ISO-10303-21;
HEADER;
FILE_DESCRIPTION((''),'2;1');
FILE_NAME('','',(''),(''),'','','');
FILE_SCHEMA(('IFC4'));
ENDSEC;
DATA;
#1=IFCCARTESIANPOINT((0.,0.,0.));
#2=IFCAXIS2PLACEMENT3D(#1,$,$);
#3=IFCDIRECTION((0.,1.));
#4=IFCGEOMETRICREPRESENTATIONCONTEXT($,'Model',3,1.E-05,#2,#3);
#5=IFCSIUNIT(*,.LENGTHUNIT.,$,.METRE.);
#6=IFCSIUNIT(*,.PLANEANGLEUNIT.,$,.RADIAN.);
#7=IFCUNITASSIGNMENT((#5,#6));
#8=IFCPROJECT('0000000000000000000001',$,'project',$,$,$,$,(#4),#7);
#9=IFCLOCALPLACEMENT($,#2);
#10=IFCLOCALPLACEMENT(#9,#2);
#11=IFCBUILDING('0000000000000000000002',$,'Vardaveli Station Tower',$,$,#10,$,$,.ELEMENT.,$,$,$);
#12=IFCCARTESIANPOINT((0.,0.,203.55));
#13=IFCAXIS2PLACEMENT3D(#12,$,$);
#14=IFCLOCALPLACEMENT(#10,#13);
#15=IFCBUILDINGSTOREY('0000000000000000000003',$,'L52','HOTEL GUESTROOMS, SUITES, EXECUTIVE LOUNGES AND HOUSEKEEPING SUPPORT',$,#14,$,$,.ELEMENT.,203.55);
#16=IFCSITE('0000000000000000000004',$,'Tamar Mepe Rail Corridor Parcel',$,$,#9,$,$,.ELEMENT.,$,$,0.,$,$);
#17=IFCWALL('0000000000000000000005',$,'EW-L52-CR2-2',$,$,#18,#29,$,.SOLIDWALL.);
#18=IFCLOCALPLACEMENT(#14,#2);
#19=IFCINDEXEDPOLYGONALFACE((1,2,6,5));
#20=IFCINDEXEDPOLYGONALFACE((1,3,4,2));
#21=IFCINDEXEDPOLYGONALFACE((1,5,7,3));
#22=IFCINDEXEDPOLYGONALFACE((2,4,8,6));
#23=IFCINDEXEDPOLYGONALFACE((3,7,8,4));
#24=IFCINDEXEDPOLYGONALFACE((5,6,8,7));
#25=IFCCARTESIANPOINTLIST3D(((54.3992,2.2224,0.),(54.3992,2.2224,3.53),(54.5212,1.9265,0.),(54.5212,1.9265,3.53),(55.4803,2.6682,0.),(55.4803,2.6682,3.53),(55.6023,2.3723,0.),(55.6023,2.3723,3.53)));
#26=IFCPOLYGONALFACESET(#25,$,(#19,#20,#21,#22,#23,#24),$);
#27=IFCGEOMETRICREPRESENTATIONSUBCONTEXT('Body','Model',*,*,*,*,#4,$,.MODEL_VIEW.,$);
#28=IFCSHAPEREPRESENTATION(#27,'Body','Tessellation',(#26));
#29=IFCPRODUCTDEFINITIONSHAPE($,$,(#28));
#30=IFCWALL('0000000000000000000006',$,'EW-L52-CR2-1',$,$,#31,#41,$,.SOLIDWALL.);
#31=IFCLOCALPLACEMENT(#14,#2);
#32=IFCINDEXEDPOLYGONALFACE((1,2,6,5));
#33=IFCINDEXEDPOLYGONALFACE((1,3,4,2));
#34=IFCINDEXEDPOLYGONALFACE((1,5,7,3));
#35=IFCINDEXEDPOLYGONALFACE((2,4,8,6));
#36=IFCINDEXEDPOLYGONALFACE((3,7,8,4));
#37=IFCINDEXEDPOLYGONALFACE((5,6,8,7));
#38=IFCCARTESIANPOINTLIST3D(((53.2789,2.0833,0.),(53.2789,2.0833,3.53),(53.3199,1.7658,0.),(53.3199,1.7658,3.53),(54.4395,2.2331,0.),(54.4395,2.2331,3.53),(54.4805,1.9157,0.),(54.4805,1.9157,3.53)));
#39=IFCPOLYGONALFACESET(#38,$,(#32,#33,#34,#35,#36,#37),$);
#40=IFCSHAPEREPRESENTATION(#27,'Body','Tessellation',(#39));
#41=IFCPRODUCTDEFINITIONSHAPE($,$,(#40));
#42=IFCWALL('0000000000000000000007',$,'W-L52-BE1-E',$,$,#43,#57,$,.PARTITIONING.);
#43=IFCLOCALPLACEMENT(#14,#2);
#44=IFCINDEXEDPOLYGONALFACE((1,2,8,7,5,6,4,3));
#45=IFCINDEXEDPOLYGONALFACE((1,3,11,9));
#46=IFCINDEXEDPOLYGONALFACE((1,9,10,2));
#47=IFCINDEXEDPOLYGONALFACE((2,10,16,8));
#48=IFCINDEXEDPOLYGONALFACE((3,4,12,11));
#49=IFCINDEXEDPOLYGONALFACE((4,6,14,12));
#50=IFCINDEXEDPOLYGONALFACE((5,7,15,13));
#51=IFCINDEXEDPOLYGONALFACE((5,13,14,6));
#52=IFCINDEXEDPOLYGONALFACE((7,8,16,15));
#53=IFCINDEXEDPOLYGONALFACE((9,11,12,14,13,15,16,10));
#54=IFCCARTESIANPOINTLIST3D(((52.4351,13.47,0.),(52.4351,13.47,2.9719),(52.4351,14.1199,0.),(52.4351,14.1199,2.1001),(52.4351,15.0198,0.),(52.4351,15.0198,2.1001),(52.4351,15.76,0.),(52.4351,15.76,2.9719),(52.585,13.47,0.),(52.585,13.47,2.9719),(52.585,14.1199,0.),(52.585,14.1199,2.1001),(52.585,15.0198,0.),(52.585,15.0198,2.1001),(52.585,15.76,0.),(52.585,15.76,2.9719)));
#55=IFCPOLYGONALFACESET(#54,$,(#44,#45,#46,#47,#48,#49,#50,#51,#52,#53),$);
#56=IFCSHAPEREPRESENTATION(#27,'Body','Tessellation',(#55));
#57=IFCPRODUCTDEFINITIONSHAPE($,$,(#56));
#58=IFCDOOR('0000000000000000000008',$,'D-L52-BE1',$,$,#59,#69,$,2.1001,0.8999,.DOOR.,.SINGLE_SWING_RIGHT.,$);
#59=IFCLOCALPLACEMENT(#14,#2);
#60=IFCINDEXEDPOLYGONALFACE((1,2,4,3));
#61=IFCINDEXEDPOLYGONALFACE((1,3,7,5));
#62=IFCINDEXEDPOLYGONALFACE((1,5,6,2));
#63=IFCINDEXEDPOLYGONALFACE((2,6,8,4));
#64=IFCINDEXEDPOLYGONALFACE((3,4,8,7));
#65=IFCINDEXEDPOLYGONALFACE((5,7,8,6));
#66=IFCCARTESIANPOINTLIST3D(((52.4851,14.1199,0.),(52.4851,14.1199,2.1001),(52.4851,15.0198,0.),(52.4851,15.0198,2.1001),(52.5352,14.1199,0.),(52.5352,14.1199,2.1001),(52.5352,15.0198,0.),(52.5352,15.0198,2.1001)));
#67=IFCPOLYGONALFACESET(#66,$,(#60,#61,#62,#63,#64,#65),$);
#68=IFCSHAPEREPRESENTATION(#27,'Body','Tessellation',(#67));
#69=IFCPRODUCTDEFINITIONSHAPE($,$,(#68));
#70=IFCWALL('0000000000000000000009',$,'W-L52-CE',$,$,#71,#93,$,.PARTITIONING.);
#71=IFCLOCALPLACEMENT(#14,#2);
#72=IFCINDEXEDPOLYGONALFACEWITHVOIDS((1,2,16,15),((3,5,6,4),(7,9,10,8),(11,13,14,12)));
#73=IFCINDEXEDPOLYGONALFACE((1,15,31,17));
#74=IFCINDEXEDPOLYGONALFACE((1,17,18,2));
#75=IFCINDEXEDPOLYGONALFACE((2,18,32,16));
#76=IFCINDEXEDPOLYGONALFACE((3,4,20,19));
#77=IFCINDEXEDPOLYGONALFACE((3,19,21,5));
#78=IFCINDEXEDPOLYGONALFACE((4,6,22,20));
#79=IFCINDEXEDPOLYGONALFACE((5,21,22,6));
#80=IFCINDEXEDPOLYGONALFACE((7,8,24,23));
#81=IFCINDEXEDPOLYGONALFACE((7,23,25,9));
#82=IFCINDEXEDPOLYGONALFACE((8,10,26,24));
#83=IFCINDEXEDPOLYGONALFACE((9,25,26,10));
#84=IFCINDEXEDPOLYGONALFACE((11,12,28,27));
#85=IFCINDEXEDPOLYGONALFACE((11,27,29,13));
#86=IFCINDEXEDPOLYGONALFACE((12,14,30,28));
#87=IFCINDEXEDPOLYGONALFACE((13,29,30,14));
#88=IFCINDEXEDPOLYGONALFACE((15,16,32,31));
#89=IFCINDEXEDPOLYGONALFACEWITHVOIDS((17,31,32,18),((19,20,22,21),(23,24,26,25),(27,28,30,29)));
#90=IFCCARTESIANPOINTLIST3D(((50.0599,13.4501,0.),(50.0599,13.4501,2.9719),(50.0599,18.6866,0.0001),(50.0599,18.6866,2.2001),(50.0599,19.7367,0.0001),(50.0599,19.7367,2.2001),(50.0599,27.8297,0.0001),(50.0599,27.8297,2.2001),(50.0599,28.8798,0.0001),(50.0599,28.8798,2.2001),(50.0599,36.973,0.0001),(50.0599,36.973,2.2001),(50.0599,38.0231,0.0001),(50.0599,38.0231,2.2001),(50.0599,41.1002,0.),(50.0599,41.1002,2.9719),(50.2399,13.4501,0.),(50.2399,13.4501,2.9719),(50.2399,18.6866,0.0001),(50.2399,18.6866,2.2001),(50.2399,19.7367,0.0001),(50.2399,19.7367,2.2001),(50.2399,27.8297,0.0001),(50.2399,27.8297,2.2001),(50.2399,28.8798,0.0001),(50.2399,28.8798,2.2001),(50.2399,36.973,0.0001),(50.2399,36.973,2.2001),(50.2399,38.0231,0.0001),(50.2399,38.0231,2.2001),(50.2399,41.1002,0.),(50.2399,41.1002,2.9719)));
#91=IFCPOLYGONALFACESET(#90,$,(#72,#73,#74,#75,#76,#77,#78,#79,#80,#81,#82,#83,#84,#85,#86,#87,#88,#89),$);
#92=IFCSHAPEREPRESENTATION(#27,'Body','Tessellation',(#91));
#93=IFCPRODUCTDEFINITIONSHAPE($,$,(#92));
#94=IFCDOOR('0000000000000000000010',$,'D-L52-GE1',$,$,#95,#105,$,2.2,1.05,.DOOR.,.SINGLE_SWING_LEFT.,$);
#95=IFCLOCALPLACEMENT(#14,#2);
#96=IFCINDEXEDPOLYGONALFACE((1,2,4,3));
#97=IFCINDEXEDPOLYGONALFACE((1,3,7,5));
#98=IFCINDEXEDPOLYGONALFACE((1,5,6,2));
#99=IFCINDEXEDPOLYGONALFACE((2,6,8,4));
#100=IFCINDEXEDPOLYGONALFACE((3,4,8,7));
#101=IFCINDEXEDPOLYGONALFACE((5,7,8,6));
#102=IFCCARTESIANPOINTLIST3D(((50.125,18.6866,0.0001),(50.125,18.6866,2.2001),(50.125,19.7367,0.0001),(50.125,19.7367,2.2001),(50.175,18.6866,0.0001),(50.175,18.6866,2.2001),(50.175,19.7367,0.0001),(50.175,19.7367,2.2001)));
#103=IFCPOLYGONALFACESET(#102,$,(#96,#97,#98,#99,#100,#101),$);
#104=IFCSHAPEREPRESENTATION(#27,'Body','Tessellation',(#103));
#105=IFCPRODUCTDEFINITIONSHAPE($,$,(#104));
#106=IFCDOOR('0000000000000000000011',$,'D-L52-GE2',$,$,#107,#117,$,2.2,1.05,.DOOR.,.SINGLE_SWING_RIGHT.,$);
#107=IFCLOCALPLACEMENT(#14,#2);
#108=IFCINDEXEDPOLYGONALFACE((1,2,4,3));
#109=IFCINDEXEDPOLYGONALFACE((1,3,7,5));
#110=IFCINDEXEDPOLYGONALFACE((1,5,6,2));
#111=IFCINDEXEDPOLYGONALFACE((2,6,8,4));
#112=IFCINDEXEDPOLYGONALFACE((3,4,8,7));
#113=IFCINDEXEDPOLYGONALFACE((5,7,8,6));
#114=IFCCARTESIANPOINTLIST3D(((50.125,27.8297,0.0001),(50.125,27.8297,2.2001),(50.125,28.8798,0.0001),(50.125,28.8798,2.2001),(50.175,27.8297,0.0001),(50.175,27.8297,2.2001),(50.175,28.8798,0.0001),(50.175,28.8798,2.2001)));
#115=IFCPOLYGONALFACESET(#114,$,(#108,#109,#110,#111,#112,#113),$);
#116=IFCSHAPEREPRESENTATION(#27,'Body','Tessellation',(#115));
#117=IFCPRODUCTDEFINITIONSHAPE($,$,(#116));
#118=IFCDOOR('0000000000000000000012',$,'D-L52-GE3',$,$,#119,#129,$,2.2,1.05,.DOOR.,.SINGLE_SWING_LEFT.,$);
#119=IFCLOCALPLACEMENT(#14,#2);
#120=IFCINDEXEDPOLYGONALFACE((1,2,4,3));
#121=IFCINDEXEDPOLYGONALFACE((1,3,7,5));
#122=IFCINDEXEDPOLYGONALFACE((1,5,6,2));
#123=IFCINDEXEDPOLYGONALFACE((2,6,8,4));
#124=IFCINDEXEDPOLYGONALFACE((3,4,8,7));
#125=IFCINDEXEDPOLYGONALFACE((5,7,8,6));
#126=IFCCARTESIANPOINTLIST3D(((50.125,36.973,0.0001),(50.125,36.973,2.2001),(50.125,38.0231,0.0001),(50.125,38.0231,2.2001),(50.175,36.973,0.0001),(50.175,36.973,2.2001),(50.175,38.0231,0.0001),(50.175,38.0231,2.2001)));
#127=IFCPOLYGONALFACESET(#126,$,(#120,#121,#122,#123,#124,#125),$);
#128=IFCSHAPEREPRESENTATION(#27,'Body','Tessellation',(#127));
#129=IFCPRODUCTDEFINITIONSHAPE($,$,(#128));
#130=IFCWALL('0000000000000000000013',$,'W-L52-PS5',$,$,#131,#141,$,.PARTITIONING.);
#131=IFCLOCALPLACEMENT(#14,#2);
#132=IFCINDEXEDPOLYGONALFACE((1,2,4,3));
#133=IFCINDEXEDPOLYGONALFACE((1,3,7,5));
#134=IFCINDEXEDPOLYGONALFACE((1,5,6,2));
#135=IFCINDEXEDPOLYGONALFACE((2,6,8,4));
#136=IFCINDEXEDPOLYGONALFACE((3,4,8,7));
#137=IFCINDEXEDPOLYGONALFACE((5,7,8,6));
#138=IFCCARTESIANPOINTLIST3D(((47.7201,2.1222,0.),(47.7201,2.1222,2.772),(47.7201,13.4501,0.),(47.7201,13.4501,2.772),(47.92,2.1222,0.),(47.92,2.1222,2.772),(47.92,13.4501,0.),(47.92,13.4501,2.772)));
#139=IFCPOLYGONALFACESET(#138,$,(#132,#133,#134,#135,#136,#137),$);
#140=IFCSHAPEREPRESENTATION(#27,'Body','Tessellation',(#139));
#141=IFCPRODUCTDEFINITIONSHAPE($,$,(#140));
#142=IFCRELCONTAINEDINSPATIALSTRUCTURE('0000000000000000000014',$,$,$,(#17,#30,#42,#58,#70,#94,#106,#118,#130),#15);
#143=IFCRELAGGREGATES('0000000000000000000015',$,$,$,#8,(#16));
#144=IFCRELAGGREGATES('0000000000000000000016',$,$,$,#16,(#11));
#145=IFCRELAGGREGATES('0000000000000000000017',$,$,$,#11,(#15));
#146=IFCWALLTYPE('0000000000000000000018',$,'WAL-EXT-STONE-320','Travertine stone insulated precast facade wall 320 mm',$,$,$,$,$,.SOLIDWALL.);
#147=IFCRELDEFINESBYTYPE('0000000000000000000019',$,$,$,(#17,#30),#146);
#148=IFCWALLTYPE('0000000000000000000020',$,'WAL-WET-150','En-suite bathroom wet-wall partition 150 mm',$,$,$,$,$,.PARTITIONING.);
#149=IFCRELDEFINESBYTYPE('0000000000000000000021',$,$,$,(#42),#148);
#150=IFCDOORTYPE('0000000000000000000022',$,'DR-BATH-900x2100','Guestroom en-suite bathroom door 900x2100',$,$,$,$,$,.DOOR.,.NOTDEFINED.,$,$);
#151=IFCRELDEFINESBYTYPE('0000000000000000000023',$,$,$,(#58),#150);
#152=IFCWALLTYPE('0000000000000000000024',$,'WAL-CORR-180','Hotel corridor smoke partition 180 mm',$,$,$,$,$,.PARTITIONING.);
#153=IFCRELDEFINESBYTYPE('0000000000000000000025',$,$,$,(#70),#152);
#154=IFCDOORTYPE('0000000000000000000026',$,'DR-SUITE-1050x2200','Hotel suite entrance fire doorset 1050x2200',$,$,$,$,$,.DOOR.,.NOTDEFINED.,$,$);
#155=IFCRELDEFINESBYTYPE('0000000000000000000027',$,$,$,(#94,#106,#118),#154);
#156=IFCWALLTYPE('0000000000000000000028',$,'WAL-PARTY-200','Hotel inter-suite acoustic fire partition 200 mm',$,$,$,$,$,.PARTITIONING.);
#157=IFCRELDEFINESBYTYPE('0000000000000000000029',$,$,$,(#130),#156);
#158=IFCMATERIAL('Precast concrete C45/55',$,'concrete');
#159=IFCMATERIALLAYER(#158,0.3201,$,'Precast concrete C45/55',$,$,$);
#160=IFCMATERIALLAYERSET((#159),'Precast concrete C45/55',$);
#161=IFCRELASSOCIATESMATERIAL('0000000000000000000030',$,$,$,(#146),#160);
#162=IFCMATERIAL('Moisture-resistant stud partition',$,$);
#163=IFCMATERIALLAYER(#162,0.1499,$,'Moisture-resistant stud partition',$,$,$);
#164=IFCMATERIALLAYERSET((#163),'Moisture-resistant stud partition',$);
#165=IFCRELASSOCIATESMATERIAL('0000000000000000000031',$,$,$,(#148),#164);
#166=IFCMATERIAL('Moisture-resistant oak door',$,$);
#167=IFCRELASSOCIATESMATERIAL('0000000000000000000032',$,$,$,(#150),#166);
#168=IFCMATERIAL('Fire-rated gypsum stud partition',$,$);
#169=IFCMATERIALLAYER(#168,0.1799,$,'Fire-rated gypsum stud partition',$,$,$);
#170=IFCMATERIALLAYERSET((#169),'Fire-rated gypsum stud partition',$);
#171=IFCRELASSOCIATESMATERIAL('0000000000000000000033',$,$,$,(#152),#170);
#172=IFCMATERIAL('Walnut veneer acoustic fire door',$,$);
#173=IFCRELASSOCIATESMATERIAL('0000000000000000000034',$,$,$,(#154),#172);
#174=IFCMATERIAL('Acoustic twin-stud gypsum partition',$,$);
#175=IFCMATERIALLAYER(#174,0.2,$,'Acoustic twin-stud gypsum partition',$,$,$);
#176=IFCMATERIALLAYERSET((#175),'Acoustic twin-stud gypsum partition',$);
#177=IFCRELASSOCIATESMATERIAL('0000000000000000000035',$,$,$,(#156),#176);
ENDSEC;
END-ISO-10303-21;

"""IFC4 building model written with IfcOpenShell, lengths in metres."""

from ifc_helpers import new_model, si_unit, direction, frame, frame_2d, origin, place, context, subcontext, project, spatial, rectangle, extrude, source, transform, mapped, material, layer, layer_set, type_object, element, fill, save


model = new_model("IFC4")

# Units and contexts
model_context = context("Model", 3, precision=1e-05, world=origin(), true_north=direction((0.0, 1.0)))
body_context = subcontext(model_context, "Body", "Model", "MODEL_VIEW")
ifc_project = project(units=[si_unit("LENGTHUNIT", "METRE"), si_unit("PLANEANGLEUNIT", "RADIAN")], contexts=[model_context])

# Site, building, storey
site_placement = place(None, origin())
site = spatial("IfcSite", under=ifc_project, at=site_placement, Name="Tamar Mepe Rail Corridor Parcel", CompositionType="ELEMENT", RefElevation=0.0)
building_placement = place(site_placement, origin())
building = spatial("IfcBuilding", under=site, at=building_placement, Name="Vardaveli Station Tower", CompositionType="ELEMENT")
storey_placement = place(building_placement, frame((0.0, 0.0, 203.55)))
storey = spatial("IfcBuildingStorey", under=building, at=storey_placement, Name="L52", Description="HOTEL GUESTROOMS, SUITES, EXECUTIVE LOUNGES AND HOUSEKEEPING SUPPORT", CompositionType="ELEMENT", Elevation=203.55)

# Shared definitions
ifc_material_1 = material(Name="Precast concrete C45/55", Category="concrete")

# Shared definitions
ifc_layer_1 = layer(ifc_material_1, 0.3201, Name="Precast concrete C45/55")
ifc_layer_set_1 = layer_set([ifc_layer_1], Name="Precast concrete C45/55")
wall_type_1 = type_object("IfcWallType", Name="WAL-EXT-STONE-320", Description="Travertine stone insulated precast facade wall 320 mm", PredefinedType="SOLIDWALL", material=ifc_layer_set_1)

# Walls
shared_shape_1 = source(origin(), body_context, "Body", "SweptSolid", [
    extrude(rectangle(XDim=1.1694, YDim=0.3201, at=frame_2d((0.5847, 0.0))), origin(), (0.0, 0.0, 1.0), 3.53),
])
wall_1_placement = place(storey_placement, frame((54.4602, 2.0745, 0.0), z_axis=(0.0, 0.0, 1.0), x_axis=(0.924479, 0.381233, 0.0)))
element("IfcWall", 1, at=wall_1_placement, inside=storey, type_object=wall_type_1, Name="EW-L52-CR2-2", PredefinedType="SOLIDWALL", context=body_context, shape_type="MappedRepresentation", body=[
    mapped(shared_shape_1, transform((0.0, 0.0, 0.0), scale=1.0)),
])
shared_shape_2 = source(origin(), body_context, "Body", "SweptSolid", [
    extrude(rectangle(XDim=1.1702, YDim=0.3201, at=frame_2d((0.585, 0.0))), origin(), (0.0, 0.0, 1.0), 3.53),
])
wall_2_placement = place(storey_placement, frame((53.2996, 1.9246, 0.0), z_axis=(0.0, 0.0, 1.0), x_axis=(0.991762, 0.12809, 0.0)))
element("IfcWall", 2, at=wall_2_placement, inside=storey, type_object=wall_type_1, Name="EW-L52-CR2-1", PredefinedType="SOLIDWALL", context=body_context, shape_type="MappedRepresentation", body=[
    mapped(shared_shape_2, transform((0.0, 0.0, 0.0), scale=1.0)),
])

# Wall, opening, door
ifc_material_2 = material(Name="Moisture-resistant stud partition")
ifc_layer_2 = layer(ifc_material_2, 0.1499, Name="Moisture-resistant stud partition")
ifc_layer_set_2 = layer_set([ifc_layer_2], Name="Moisture-resistant stud partition")
wall_type_2 = type_object("IfcWallType", Name="WAL-WET-150", Description="En-suite bathroom wet-wall partition 150 mm", PredefinedType="PARTITIONING", material=ifc_layer_set_2)
shared_shape_3 = source(origin(), body_context, "Body", "SweptSolid", [
    extrude(rectangle(XDim=2.29, YDim=0.1499, at=frame_2d((1.145, 0.0))), origin(), (0.0, 0.0, 1.0), 2.9719),
])
wall_3_placement = place(storey_placement, frame((52.51, 13.47, 0.0), z_axis=(0.0, 0.0, 1.0), x_axis=(0.0, 1.0, 0.0)))
wall_3 = element("IfcWall", 3, at=wall_3_placement, inside=storey, type_object=wall_type_2, Name="W-L52-BE1-E", PredefinedType="PARTITIONING", context=body_context, shape_type="MappedRepresentation", body=[
    mapped(shared_shape_3, transform((0.0, 0.0, 0.0), scale=1.0)),
])
shared_shape_4 = source(origin(), body_context, "Body", "SweptSolid", [
    extrude(rectangle(XDim=0.8999, YDim=2.1001, at=frame_2d((0.45, 1.05))), frame((0.0, 0.085, 0.0), z_axis=(0.0, -1.0, 0.0), x_axis=(1.0, 0.0, 0.0)), (0.0, 0.0, 1.0), 0.1699),
])
opening_1_placement = place(wall_3_placement, frame((0.6499, 0.0, 0.0)))
opening_1 = element("IfcOpeningElement", 4, at=opening_1_placement, cuts=wall_3, PredefinedType="OPENING", context=body_context, shape_type="MappedRepresentation", body=[
    mapped(shared_shape_4, transform((0.0, 0.0, 0.0), scale=1.0)),
])
ifc_material_3 = material(Name="Moisture-resistant oak door")
door_type_1 = type_object("IfcDoorType", Name="DR-BATH-900x2100", Description="Guestroom en-suite bathroom door 900x2100", OperationType="NOTDEFINED", PredefinedType="DOOR", material=ifc_material_3)
shared_shape_5 = source(origin(), body_context, "Body", "SweptSolid", [
    extrude(rectangle(XDim=0.8999, YDim=2.1001, at=frame_2d((0.45, 1.05))), frame((0.0, 0.0249, 0.0), z_axis=(0.0, -1.0, 0.0), x_axis=(1.0, 0.0, 0.0)), (0.0, 0.0, 1.0), 0.05),
])
door_1_placement = place(opening_1_placement, origin())
door_1 = element("IfcDoor", 5, at=door_1_placement, inside=storey, type_object=door_type_1, Name="D-L52-BE1", OperationType="SINGLE_SWING_RIGHT", OverallHeight=2.1001, OverallWidth=0.8999, PredefinedType="DOOR", context=body_context, shape_type="MappedRepresentation", body=[
    mapped(shared_shape_5, transform((0.0, 0.0, 0.0), scale=1.0)),
])
fill(opening_1, door_1)

# Wall, openings, doors
ifc_material_4 = material(Name="Fire-rated gypsum stud partition")
ifc_layer_3 = layer(ifc_material_4, 0.1799, Name="Fire-rated gypsum stud partition")
ifc_layer_set_3 = layer_set([ifc_layer_3], Name="Fire-rated gypsum stud partition")
wall_type_3 = type_object("IfcWallType", Name="WAL-CORR-180", Description="Hotel corridor smoke partition 180 mm", PredefinedType="PARTITIONING", material=ifc_layer_set_3)
shared_shape_6 = source(origin(), body_context, "Body", "SweptSolid", [
    extrude(rectangle(XDim=27.6501, YDim=0.1799, at=frame_2d((13.8252, 0.0))), origin(), (0.0, 0.0, 1.0), 2.9719),
])
wall_4_placement = place(storey_placement, frame((50.1499, 13.45, 0.0), z_axis=(0.0, 0.0, 1.0), x_axis=(0.0, 1.0, 0.0)))
wall_4 = element("IfcWall", 6, at=wall_4_placement, inside=storey, type_object=wall_type_3, Name="W-L52-CE", PredefinedType="PARTITIONING", context=body_context, shape_type="MappedRepresentation", body=[
    mapped(shared_shape_6, transform((0.0, 0.0, 0.0), scale=1.0)),
])
shared_shape_7 = source(origin(), body_context, "Body", "SweptSolid", [
    extrude(rectangle(XDim=1.05, YDim=2.2, at=frame_2d((0.5249, 1.1001))), frame((0.0, 0.1001, 0.0), z_axis=(0.0, -1.0, 0.0), x_axis=(1.0, 0.0, 0.0)), (0.0, 0.0, 1.0), 0.2),
])
opening_2_placement = place(wall_4_placement, frame((5.2368, 0.0, 0.0)))
opening_2 = element("IfcOpeningElement", 7, at=opening_2_placement, cuts=wall_4, PredefinedType="OPENING", context=body_context, shape_type="MappedRepresentation", body=[
    mapped(shared_shape_7, transform((0.0, 0.0, 0.0), scale=1.0)),
])
opening_3_placement = place(wall_4_placement, frame((14.3799, 0.0, 0.0)))
opening_3 = element("IfcOpeningElement", 8, at=opening_3_placement, cuts=wall_4, PredefinedType="OPENING", context=body_context, shape_type="MappedRepresentation", body=[
    mapped(shared_shape_7, transform((0.0, 0.0, 0.0), scale=1.0)),
])
opening_4_placement = place(wall_4_placement, frame((23.5232, 0.0, 0.0)))
opening_4 = element("IfcOpeningElement", 9, at=opening_4_placement, cuts=wall_4, PredefinedType="OPENING", context=body_context, shape_type="MappedRepresentation", body=[
    mapped(shared_shape_7, transform((0.0, 0.0, 0.0), scale=1.0)),
])
ifc_material_5 = material(Name="Walnut veneer acoustic fire door")
door_type_2 = type_object("IfcDoorType", Name="DR-SUITE-1050x2200", Description="Hotel suite entrance fire doorset 1050x2200", OperationType="NOTDEFINED", PredefinedType="DOOR", material=ifc_material_5)
shared_shape_8 = source(origin(), body_context, "Body", "SweptSolid", [
    extrude(rectangle(XDim=1.05, YDim=2.2, at=frame_2d((0.5249, 1.1001))), frame((0.0, 0.0249, 0.0), z_axis=(0.0, -1.0, 0.0), x_axis=(1.0, 0.0, 0.0)), (0.0, 0.0, 1.0), 0.05),
])
door_2_placement = place(opening_2_placement, origin())
door_2 = element("IfcDoor", 10, at=door_2_placement, inside=storey, type_object=door_type_2, Name="D-L52-GE1", OperationType="SINGLE_SWING_LEFT", OverallHeight=2.2, OverallWidth=1.05, PredefinedType="DOOR", context=body_context, shape_type="MappedRepresentation", body=[
    mapped(shared_shape_8, transform((0.0, 0.0, 0.0), scale=1.0)),
])
fill(opening_2, door_2)
door_3_placement = place(opening_3_placement, origin())
door_3 = element("IfcDoor", 11, at=door_3_placement, inside=storey, type_object=door_type_2, Name="D-L52-GE2", OperationType="SINGLE_SWING_RIGHT", OverallHeight=2.2, OverallWidth=1.05, PredefinedType="DOOR", context=body_context, shape_type="MappedRepresentation", body=[
    mapped(shared_shape_8, transform((0.0, 0.0, 0.0), scale=1.0)),
])
fill(opening_3, door_3)
door_4_placement = place(opening_4_placement, origin())
door_4 = element("IfcDoor", 12, at=door_4_placement, inside=storey, type_object=door_type_2, Name="D-L52-GE3", OperationType="SINGLE_SWING_LEFT", OverallHeight=2.2, OverallWidth=1.05, PredefinedType="DOOR", context=body_context, shape_type="MappedRepresentation", body=[
    mapped(shared_shape_8, transform((0.0, 0.0, 0.0), scale=1.0)),
])
fill(opening_4, door_4)

# Wall
ifc_material_6 = material(Name="Acoustic twin-stud gypsum partition")
ifc_layer_4 = layer(ifc_material_6, 0.2, Name="Acoustic twin-stud gypsum partition")
ifc_layer_set_4 = layer_set([ifc_layer_4], Name="Acoustic twin-stud gypsum partition")
wall_type_4 = type_object("IfcWallType", Name="WAL-PARTY-200", Description="Hotel inter-suite acoustic fire partition 200 mm", PredefinedType="PARTITIONING", material=ifc_layer_set_4)
shared_shape_9 = source(origin(), body_context, "Body", "SweptSolid", [
    extrude(rectangle(XDim=11.3279, YDim=0.2, at=frame_2d((5.6641, 0.0))), origin(), (0.0, 0.0, 1.0), 2.772),
])
wall_5_placement = place(storey_placement, frame((47.8201, 2.1221, 0.0), z_axis=(0.0, 0.0, 1.0), x_axis=(0.0, 1.0, 0.0)))
element("IfcWall", 13, at=wall_5_placement, inside=storey, type_object=wall_type_4, Name="W-L52-PS5", PredefinedType="PARTITIONING", context=body_context, shape_type="MappedRepresentation", body=[
    mapped(shared_shape_9, transform((0.0, 0.0, 0.0), scale=1.0)),
])

save(model, "model.ifc")
